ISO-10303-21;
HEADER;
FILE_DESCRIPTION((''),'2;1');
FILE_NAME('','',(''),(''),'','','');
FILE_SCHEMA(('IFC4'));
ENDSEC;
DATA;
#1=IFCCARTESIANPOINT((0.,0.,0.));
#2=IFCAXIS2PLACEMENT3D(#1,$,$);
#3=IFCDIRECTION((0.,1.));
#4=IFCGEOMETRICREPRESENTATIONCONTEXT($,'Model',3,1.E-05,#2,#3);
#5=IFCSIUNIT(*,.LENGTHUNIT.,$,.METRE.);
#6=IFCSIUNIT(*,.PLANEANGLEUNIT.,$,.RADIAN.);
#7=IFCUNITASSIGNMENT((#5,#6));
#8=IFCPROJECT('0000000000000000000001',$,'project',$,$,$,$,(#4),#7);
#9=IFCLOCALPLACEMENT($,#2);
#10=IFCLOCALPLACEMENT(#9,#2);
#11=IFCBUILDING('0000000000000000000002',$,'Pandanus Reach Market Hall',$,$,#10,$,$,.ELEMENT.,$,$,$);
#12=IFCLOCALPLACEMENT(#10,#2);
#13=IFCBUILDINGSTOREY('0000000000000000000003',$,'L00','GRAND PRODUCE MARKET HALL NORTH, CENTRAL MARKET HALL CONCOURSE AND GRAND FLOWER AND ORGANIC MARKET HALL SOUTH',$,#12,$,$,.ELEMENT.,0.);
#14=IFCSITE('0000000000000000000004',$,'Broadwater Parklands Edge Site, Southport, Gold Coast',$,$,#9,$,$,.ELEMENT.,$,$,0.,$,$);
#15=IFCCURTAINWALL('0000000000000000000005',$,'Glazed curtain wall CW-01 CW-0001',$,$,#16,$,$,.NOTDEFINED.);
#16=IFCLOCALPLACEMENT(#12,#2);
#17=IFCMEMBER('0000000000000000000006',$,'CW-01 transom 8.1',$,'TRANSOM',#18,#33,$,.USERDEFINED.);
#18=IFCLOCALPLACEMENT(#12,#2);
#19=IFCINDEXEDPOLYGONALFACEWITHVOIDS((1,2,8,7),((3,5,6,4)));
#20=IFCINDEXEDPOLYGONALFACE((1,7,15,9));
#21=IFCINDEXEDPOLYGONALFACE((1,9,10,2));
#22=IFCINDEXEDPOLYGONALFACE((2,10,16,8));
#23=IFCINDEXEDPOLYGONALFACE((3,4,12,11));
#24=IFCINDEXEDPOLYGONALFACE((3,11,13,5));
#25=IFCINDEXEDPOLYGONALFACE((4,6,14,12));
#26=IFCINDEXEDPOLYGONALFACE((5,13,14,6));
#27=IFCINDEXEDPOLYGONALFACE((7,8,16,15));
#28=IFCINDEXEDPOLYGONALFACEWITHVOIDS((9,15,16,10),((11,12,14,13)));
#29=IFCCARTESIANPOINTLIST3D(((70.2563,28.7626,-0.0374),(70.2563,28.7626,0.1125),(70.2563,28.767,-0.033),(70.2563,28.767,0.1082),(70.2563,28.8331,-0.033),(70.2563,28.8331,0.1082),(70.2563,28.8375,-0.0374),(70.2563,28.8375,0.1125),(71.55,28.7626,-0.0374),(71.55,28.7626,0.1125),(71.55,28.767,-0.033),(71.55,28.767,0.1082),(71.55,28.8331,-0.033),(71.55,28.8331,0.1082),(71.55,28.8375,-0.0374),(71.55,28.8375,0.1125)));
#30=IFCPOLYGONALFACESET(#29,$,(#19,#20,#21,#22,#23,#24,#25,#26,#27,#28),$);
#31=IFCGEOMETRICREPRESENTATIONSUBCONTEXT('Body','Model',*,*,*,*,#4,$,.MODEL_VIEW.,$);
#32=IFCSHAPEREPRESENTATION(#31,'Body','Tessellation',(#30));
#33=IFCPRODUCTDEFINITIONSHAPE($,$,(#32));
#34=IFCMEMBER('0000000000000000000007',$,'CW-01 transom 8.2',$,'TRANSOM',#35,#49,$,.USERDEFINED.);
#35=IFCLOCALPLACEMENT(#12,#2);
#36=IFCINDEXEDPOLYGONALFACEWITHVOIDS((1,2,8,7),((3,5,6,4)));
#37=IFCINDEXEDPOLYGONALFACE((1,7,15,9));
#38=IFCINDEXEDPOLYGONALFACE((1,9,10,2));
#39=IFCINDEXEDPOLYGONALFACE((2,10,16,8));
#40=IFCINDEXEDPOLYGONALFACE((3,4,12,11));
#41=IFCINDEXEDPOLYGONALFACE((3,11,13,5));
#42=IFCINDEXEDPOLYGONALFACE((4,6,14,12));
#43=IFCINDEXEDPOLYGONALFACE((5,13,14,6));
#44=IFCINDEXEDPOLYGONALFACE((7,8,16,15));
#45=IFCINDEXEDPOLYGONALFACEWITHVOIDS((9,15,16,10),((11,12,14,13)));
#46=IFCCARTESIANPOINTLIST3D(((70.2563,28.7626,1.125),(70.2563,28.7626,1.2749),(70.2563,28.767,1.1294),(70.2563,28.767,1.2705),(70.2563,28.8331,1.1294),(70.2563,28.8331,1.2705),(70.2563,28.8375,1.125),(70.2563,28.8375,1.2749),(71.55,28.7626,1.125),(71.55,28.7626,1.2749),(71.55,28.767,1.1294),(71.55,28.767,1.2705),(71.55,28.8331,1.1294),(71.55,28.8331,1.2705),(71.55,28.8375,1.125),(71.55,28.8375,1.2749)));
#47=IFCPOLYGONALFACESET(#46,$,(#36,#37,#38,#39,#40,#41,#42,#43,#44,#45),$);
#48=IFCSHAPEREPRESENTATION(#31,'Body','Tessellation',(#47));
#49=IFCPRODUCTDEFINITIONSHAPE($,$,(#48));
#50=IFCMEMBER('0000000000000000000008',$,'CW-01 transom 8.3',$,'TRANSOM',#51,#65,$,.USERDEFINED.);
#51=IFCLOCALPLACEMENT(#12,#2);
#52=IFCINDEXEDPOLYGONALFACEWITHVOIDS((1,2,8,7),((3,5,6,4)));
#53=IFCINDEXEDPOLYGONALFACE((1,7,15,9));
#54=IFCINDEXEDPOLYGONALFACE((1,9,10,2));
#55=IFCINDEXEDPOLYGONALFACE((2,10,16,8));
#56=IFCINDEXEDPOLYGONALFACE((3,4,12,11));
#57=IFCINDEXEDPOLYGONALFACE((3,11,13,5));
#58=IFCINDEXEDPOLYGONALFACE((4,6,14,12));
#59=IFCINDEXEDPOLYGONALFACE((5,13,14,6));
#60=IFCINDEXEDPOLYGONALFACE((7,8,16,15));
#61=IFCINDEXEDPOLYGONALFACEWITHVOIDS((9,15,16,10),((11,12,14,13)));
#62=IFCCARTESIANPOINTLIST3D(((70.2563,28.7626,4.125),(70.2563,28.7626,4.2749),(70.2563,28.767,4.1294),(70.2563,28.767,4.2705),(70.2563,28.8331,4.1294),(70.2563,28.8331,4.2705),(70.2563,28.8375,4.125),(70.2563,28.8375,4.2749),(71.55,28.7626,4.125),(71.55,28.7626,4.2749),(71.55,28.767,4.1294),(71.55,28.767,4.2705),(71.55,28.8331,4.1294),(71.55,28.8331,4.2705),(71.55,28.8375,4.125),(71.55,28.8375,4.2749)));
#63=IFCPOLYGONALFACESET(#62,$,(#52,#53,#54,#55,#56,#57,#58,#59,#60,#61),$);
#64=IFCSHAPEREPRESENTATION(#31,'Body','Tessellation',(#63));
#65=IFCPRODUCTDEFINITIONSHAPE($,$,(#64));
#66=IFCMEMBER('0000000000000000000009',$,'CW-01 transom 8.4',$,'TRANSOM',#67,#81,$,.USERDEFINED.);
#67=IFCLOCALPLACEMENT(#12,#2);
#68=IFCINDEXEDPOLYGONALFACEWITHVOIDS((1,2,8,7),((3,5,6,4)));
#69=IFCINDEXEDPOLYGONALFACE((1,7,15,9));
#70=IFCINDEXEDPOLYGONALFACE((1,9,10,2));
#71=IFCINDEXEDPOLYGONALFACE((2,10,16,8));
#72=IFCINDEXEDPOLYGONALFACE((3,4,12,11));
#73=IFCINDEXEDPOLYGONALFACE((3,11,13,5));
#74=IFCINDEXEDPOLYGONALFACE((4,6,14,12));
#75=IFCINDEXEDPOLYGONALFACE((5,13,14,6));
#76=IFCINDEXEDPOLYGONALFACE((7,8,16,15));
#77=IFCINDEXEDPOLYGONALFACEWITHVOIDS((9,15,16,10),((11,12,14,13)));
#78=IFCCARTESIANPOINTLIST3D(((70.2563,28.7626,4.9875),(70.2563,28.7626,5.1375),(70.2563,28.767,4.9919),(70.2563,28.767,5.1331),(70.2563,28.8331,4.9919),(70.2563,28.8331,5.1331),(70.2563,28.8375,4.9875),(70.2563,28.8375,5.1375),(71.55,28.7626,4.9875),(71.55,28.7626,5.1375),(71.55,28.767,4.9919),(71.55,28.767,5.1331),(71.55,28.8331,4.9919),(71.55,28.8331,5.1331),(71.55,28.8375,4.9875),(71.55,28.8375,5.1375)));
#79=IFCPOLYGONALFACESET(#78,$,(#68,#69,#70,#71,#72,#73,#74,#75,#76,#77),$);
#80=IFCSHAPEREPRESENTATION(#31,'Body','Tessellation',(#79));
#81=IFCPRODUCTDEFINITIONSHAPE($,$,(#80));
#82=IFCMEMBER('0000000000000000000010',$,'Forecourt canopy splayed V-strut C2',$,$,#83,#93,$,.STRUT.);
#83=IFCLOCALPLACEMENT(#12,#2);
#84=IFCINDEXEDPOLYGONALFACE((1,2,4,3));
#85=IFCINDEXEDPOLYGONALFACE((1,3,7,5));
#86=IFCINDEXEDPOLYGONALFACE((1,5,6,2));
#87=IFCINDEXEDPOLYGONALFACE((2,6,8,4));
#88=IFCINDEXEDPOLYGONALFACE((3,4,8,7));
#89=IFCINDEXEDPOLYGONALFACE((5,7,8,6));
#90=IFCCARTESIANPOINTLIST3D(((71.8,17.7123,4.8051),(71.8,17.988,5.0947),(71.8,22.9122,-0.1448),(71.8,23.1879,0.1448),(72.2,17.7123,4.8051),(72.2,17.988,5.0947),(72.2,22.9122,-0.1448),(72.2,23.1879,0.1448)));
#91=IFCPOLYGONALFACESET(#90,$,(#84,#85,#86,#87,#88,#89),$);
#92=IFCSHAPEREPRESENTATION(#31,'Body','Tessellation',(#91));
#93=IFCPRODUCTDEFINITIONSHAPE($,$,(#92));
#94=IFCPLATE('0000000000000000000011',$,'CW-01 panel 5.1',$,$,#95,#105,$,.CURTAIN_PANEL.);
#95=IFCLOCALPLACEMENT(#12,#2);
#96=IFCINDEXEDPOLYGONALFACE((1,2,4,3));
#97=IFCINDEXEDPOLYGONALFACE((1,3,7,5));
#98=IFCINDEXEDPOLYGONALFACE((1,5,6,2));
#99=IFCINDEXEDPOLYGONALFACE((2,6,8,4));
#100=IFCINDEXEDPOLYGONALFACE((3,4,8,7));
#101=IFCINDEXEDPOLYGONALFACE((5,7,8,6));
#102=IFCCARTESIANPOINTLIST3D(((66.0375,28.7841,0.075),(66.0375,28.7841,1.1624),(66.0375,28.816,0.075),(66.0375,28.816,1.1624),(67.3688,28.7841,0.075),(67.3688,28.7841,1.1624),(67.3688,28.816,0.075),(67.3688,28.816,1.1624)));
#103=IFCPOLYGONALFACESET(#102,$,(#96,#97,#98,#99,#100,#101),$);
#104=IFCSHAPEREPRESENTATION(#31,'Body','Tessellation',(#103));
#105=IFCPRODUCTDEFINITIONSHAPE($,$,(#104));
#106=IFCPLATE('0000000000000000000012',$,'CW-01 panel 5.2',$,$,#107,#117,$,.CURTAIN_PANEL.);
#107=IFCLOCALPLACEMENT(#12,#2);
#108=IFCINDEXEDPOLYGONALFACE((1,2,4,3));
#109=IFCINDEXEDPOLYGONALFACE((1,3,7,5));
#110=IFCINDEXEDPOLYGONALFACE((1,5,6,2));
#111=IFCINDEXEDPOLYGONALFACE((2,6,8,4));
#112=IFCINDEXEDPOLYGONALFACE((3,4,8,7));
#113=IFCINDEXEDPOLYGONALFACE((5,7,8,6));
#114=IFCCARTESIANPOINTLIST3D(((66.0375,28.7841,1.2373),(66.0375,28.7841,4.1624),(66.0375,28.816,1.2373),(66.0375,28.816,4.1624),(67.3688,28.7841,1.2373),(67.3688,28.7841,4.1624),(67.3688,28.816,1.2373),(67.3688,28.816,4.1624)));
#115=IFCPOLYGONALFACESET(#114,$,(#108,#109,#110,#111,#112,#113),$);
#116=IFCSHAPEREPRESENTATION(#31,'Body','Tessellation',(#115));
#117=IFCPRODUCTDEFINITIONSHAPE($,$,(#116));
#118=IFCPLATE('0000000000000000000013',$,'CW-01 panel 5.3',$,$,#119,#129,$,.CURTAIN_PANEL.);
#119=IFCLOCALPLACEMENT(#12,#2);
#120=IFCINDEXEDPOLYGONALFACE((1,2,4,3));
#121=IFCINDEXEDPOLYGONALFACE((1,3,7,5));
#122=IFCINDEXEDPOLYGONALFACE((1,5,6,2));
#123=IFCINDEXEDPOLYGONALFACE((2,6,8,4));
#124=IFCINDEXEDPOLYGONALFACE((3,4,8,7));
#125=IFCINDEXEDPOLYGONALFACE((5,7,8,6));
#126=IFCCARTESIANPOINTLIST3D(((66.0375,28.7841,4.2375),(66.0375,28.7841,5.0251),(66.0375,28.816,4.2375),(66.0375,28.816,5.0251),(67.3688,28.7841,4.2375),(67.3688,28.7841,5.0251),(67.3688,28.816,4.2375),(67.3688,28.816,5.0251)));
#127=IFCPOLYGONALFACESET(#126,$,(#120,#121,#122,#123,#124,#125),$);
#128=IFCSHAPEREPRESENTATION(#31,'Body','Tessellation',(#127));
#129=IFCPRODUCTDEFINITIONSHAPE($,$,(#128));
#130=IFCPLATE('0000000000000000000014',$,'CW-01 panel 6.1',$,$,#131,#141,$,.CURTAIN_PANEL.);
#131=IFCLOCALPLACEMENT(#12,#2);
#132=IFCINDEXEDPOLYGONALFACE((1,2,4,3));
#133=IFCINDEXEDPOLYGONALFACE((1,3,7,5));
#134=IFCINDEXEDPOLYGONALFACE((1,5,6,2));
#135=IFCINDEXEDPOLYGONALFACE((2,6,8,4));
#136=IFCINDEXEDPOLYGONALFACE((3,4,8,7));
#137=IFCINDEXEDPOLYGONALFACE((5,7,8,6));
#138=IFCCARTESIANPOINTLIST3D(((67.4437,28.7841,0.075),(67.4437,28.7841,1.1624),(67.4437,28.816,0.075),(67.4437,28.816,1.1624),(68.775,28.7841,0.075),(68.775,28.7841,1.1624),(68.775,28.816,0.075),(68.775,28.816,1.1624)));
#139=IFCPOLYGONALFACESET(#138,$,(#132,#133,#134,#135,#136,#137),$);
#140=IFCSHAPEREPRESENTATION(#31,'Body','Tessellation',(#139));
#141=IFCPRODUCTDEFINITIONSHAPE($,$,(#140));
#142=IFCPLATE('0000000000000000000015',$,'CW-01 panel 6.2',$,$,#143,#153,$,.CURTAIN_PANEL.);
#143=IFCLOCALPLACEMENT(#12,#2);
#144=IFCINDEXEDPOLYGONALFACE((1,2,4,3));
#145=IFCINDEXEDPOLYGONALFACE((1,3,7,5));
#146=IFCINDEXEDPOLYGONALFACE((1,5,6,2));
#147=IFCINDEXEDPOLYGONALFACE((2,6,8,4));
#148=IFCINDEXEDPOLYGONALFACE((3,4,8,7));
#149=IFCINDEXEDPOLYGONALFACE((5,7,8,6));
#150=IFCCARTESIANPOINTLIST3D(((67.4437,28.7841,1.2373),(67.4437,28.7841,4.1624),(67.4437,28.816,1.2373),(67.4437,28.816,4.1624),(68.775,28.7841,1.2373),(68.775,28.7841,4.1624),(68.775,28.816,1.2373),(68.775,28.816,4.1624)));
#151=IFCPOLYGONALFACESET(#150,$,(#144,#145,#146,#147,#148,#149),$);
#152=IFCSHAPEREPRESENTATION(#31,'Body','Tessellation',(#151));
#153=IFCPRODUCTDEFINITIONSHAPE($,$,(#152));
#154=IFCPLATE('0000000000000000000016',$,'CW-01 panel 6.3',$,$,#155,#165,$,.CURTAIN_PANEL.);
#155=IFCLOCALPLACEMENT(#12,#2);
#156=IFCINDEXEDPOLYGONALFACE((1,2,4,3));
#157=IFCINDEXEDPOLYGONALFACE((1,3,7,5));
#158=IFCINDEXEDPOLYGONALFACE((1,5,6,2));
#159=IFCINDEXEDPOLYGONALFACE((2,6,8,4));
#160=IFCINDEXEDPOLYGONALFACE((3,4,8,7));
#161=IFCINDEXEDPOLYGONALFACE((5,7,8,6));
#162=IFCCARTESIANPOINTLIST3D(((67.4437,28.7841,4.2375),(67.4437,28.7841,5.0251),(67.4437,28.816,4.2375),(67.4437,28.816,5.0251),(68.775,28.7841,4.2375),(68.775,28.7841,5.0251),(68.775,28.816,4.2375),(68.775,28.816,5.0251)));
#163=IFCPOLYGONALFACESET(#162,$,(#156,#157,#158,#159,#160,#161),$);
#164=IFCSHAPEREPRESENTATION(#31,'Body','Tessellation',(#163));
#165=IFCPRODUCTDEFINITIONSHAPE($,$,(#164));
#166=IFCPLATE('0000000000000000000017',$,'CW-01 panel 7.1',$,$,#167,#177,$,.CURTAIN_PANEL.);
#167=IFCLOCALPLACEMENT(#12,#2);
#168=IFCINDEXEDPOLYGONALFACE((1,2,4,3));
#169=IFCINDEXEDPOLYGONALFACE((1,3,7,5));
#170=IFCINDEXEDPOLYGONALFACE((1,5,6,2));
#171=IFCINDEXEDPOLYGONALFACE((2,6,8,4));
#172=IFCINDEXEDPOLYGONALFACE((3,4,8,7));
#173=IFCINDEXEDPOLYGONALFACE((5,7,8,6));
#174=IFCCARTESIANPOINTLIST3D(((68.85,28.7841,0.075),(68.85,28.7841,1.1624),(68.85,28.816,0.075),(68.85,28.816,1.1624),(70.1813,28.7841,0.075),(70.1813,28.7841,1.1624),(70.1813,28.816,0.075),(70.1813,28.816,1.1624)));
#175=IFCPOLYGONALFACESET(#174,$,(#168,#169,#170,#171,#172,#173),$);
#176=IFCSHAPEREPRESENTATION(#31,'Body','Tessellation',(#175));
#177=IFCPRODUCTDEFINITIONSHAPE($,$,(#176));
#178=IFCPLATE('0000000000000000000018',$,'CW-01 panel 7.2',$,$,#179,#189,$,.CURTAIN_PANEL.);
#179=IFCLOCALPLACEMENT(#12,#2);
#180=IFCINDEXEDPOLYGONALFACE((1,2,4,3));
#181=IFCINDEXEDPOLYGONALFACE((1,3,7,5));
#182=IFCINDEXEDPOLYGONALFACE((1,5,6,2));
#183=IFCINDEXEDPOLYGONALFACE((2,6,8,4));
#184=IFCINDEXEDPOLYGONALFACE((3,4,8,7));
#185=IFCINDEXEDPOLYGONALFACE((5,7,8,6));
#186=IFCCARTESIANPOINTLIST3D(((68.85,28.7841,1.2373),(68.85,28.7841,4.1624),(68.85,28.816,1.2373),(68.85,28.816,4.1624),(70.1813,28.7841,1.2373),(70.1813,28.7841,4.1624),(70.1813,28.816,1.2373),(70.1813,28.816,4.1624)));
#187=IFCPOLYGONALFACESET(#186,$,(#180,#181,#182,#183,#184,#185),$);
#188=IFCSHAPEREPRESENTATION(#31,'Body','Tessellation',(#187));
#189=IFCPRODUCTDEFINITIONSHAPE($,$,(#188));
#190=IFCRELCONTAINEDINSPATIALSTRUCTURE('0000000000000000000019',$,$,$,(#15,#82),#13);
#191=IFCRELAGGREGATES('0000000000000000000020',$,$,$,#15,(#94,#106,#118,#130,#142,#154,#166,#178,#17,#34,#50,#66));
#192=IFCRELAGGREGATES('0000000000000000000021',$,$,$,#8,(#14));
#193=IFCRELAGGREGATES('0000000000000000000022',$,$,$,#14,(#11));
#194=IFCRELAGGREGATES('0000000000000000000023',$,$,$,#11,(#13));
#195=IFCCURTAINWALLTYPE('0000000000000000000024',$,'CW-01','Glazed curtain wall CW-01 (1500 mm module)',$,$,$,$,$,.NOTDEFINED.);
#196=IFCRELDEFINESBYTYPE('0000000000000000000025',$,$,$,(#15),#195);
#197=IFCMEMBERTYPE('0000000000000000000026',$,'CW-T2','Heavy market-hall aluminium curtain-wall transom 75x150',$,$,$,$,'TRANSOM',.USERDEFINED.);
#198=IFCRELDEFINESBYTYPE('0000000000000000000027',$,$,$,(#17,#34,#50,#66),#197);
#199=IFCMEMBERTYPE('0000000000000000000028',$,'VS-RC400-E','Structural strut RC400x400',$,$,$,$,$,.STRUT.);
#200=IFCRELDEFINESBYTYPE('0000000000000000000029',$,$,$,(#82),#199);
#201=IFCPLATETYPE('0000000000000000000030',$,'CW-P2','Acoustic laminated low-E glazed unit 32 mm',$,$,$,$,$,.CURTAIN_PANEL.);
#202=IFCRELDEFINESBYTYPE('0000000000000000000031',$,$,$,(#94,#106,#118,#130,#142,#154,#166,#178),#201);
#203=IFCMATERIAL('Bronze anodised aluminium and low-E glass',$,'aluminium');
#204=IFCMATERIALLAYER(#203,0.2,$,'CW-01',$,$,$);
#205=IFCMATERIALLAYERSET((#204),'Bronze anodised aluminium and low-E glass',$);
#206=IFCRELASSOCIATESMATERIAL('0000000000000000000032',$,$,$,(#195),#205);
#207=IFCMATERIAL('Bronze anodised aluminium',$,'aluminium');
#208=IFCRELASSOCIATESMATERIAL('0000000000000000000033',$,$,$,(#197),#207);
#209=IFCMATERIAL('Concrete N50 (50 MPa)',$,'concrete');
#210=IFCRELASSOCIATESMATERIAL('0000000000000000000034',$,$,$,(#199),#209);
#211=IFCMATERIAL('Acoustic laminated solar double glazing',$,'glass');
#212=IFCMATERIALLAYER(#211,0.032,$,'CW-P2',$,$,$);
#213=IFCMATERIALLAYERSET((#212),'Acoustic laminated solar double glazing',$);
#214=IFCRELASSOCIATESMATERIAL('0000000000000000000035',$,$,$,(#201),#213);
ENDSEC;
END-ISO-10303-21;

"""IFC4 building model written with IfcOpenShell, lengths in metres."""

from ifc_helpers import new_model, si_unit, direction, frame, origin, origin_2d, place, context, subcontext, project, spatial, rectangle, hollow_rectangle, extrude, material, layer, layer_set, material_profile, profile_set, type_object, element, aggregate, save


model = new_model("IFC4")

# Units and contexts
model_context = context("Model", 3, precision=1e-05, world=origin(), true_north=direction((0.0, 1.0)))
body_context = subcontext(model_context, "Body", "Model", "MODEL_VIEW")
ifc_project = project(units=[si_unit("LENGTHUNIT", "METRE"), si_unit("PLANEANGLEUNIT", "RADIAN")], contexts=[model_context])

# Site, building, storey
site_placement = place(None, origin())
site = spatial("IfcSite", under=ifc_project, at=site_placement, Name="Broadwater Parklands Edge Site, Southport, Gold Coast", CompositionType="ELEMENT", RefElevation=0.0)
building_placement = place(site_placement, origin())
building = spatial("IfcBuilding", under=site, at=building_placement, Name="Pandanus Reach Market Hall", CompositionType="ELEMENT")
storey_placement = place(building_placement, origin())
storey = spatial("IfcBuildingStorey", under=building, at=storey_placement, Name="L00", Description="GRAND PRODUCE MARKET HALL NORTH, CENTRAL MARKET HALL CONCOURSE AND GRAND FLOWER AND ORGANIC MARKET HALL SOUTH", CompositionType="ELEMENT", Elevation=0.0)

# Curtain wall, members
ifc_material_1 = material(Name="Bronze anodised aluminium and low-E glass", Category="aluminium")
ifc_layer_1 = layer(ifc_material_1, 0.2, Name="CW-01")
ifc_layer_set_1 = layer_set([ifc_layer_1], Name="Bronze anodised aluminium and low-E glass")
curtain_wall_type = type_object("IfcCurtainWallType", Name="CW-01", Description="Glazed curtain wall CW-01 (1500 mm module)", PredefinedType="NOTDEFINED", material=ifc_layer_set_1)
curtain_wall_placement = place(storey_placement, origin())
curtain_wall = element("IfcCurtainWall", 1, at=curtain_wall_placement, inside=storey, type_object=curtain_wall_type, Name="Glazed curtain wall CW-01 CW-0001", PredefinedType="NOTDEFINED")
ifc_material_2 = material(Name="Bronze anodised aluminium", Category="aluminium")
ifc_material_profile_1 = material_profile(ifc_material_2, hollow_rectangle(XDim=0.075, YDim=0.1499, WallThickness=0.0044, at=origin_2d()), Name="ALU75x150", Category="LoadBearing")
ifc_profile_set_1 = profile_set([ifc_material_profile_1], Name="Bronze anodised aluminium")
member_type_1 = type_object("IfcMemberType", Name="CW-T2", Description="Heavy market-hall aluminium curtain-wall transom 75x150", ElementType="TRANSOM", PredefinedType="USERDEFINED", material=ifc_profile_set_1)
member_1_placement = place(storey_placement, frame((70.2563, 28.8, 0.0376), z_axis=(1.0, 0.0, 0.0), x_axis=(0.0, 1.0, 0.0)))
member_1 = element("IfcMember", 2, at=member_1_placement, type_object=member_type_1, Name="CW-01 transom 8.1", ObjectType="TRANSOM", PredefinedType="USERDEFINED", context=body_context, shape_type="SweptSolid", body=[
    extrude(hollow_rectangle(XDim=0.075, YDim=0.1499, WallThickness=0.0044, at=origin_2d()), origin(), (0.0, 0.0, 1.0), 1.2937),
])
member_2_placement = place(storey_placement, frame((70.2563, 28.8, 1.2), z_axis=(1.0, 0.0, 0.0), x_axis=(0.0, 1.0, 0.0)))
member_2 = element("IfcMember", 3, at=member_2_placement, type_object=member_type_1, Name="CW-01 transom 8.2", ObjectType="TRANSOM", PredefinedType="USERDEFINED", context=body_context, shape_type="SweptSolid", body=[
    extrude(hollow_rectangle(XDim=0.075, YDim=0.1499, WallThickness=0.0044, at=origin_2d()), origin(), (0.0, 0.0, 1.0), 1.2937),
])
member_3_placement = place(storey_placement, frame((70.2563, 28.8, 4.2), z_axis=(1.0, 0.0, 0.0), x_axis=(0.0, 1.0, 0.0)))
member_3 = element("IfcMember", 4, at=member_3_placement, type_object=member_type_1, Name="CW-01 transom 8.3", ObjectType="TRANSOM", PredefinedType="USERDEFINED", context=body_context, shape_type="SweptSolid", body=[
    extrude(hollow_rectangle(XDim=0.075, YDim=0.1499, WallThickness=0.0044, at=origin_2d()), origin(), (0.0, 0.0, 1.0), 1.2937),
])
member_4_placement = place(storey_placement, frame((70.2563, 28.8, 5.0625), z_axis=(1.0, 0.0, 0.0), x_axis=(0.0, 1.0, 0.0)))
member_4 = element("IfcMember", 5, at=member_4_placement, type_object=member_type_1, Name="CW-01 transom 8.4", ObjectType="TRANSOM", PredefinedType="USERDEFINED", context=body_context, shape_type="SweptSolid", body=[
    extrude(hollow_rectangle(XDim=0.075, YDim=0.1499, WallThickness=0.0044, at=origin_2d()), origin(), (0.0, 0.0, 1.0), 1.2937),
])

# Member
ifc_material_3 = material(Name="Concrete N50 (50 MPa)", Category="concrete")
ifc_material_profile_2 = material_profile(ifc_material_3, rectangle(XDim=0.3999, YDim=0.3999, at=origin_2d()), Name="RC400x400", Category="LoadBearing")
ifc_profile_set_2 = profile_set([ifc_material_profile_2], Name="Concrete N50 (50 MPa)")
member_type_2 = type_object("IfcMemberType", Name="VS-RC400-E", Description="Structural strut RC400x400", PredefinedType="STRUT", material=ifc_profile_set_2)
member_5_placement = place(storey_placement, frame((72.0, 23.05, 0.0), z_axis=(0.0, -0.724304, 0.689481), x_axis=(1.0, 0.0, 0.0)))
element("IfcMember", 6, at=member_5_placement, inside=storey, type_object=member_type_2, Name="Forecourt canopy splayed V-strut C2", PredefinedType="STRUT", context=body_context, shape_type="SweptSolid", body=[
    extrude(rectangle(XDim=0.3999, YDim=0.3999, at=origin_2d()), origin(), (0.0, 0.0, 1.0), 7.1792),
])

# Plates
ifc_material_4 = material(Name="Acoustic laminated solar double glazing", Category="glass")
ifc_layer_2 = layer(ifc_material_4, 0.032, Name="CW-P2")
ifc_layer_set_2 = layer_set([ifc_layer_2], Name="Acoustic laminated solar double glazing")
plate_type_1 = type_object("IfcPlateType", Name="CW-P2", Description="Acoustic laminated low-E glazed unit 32 mm", PredefinedType="CURTAIN_PANEL", material=ifc_layer_set_2)
plate_1_placement = place(storey_placement, frame((66.7031, 28.8, 0.075), z_axis=(0.0, 0.0, 1.0), x_axis=(1.0, 0.0, 0.0)))
plate_1 = element("IfcPlate", 7, at=plate_1_placement, type_object=plate_type_1, Name="CW-01 panel 5.1", PredefinedType="CURTAIN_PANEL", context=body_context, shape_type="SweptSolid", body=[
    extrude(rectangle(XDim=1.3313, YDim=0.032, at=origin_2d()), origin(), (0.0, 0.0, 1.0), 1.0874),
])
plate_2_placement = place(storey_placement, frame((66.7031, 28.8, 1.2373), z_axis=(0.0, 0.0, 1.0), x_axis=(1.0, 0.0, 0.0)))
plate_2 = element("IfcPlate", 8, at=plate_2_placement, type_object=plate_type_1, Name="CW-01 panel 5.2", PredefinedType="CURTAIN_PANEL", context=body_context, shape_type="SweptSolid", body=[
    extrude(rectangle(XDim=1.3313, YDim=0.032, at=origin_2d()), origin(), (0.0, 0.0, 1.0), 2.925),
])
plate_3_placement = place(storey_placement, frame((66.7031, 28.8, 4.2375), z_axis=(0.0, 0.0, 1.0), x_axis=(1.0, 0.0, 0.0)))
plate_3 = element("IfcPlate", 9, at=plate_3_placement, type_object=plate_type_1, Name="CW-01 panel 5.3", PredefinedType="CURTAIN_PANEL", context=body_context, shape_type="SweptSolid", body=[
    extrude(rectangle(XDim=1.3313, YDim=0.032, at=origin_2d()), origin(), (0.0, 0.0, 1.0), 0.7876),
])
plate_4_placement = place(storey_placement, frame((68.1094, 28.8, 0.075), z_axis=(0.0, 0.0, 1.0), x_axis=(1.0, 0.0, 0.0)))
plate_4 = element("IfcPlate", 10, at=plate_4_placement, type_object=plate_type_1, Name="CW-01 panel 6.1", PredefinedType="CURTAIN_PANEL", context=body_context, shape_type="SweptSolid", body=[
    extrude(rectangle(XDim=1.3313, YDim=0.032, at=origin_2d()), origin(), (0.0, 0.0, 1.0), 1.0874),
])
plate_5_placement = place(storey_placement, frame((68.1094, 28.8, 1.2373), z_axis=(0.0, 0.0, 1.0), x_axis=(1.0, 0.0, 0.0)))
plate_5 = element("IfcPlate", 11, at=plate_5_placement, type_object=plate_type_1, Name="CW-01 panel 6.2", PredefinedType="CURTAIN_PANEL", context=body_context, shape_type="SweptSolid", body=[
    extrude(rectangle(XDim=1.3313, YDim=0.032, at=origin_2d()), origin(), (0.0, 0.0, 1.0), 2.925),
])
plate_6_placement = place(storey_placement, frame((68.1094, 28.8, 4.2375), z_axis=(0.0, 0.0, 1.0), x_axis=(1.0, 0.0, 0.0)))
plate_6 = element("IfcPlate", 12, at=plate_6_placement, type_object=plate_type_1, Name="CW-01 panel 6.3", PredefinedType="CURTAIN_PANEL", context=body_context, shape_type="SweptSolid", body=[
    extrude(rectangle(XDim=1.3313, YDim=0.032, at=origin_2d()), origin(), (0.0, 0.0, 1.0), 0.7876),
])
plate_7_placement = place(storey_placement, frame((69.5156, 28.8, 0.075), z_axis=(0.0, 0.0, 1.0), x_axis=(1.0, 0.0, 0.0)))
plate_7 = element("IfcPlate", 13, at=plate_7_placement, type_object=plate_type_1, Name="CW-01 panel 7.1", PredefinedType="CURTAIN_PANEL", context=body_context, shape_type="SweptSolid", body=[
    extrude(rectangle(XDim=1.3313, YDim=0.032, at=origin_2d()), origin(), (0.0, 0.0, 1.0), 1.0874),
])
plate_8_placement = place(storey_placement, frame((69.5156, 28.8, 1.2373), z_axis=(0.0, 0.0, 1.0), x_axis=(1.0, 0.0, 0.0)))
plate_8 = element("IfcPlate", 14, at=plate_8_placement, type_object=plate_type_1, Name="CW-01 panel 7.2", PredefinedType="CURTAIN_PANEL", context=body_context, shape_type="SweptSolid", body=[
    extrude(rectangle(XDim=1.3313, YDim=0.032, at=origin_2d()), origin(), (0.0, 0.0, 1.0), 2.925),
])
aggregate(curtain_wall, [plate_1, plate_2, plate_3, plate_4, plate_5, plate_6, plate_7, plate_8, member_1, member_2, member_3, member_4])

save(model, "model.ifc")
